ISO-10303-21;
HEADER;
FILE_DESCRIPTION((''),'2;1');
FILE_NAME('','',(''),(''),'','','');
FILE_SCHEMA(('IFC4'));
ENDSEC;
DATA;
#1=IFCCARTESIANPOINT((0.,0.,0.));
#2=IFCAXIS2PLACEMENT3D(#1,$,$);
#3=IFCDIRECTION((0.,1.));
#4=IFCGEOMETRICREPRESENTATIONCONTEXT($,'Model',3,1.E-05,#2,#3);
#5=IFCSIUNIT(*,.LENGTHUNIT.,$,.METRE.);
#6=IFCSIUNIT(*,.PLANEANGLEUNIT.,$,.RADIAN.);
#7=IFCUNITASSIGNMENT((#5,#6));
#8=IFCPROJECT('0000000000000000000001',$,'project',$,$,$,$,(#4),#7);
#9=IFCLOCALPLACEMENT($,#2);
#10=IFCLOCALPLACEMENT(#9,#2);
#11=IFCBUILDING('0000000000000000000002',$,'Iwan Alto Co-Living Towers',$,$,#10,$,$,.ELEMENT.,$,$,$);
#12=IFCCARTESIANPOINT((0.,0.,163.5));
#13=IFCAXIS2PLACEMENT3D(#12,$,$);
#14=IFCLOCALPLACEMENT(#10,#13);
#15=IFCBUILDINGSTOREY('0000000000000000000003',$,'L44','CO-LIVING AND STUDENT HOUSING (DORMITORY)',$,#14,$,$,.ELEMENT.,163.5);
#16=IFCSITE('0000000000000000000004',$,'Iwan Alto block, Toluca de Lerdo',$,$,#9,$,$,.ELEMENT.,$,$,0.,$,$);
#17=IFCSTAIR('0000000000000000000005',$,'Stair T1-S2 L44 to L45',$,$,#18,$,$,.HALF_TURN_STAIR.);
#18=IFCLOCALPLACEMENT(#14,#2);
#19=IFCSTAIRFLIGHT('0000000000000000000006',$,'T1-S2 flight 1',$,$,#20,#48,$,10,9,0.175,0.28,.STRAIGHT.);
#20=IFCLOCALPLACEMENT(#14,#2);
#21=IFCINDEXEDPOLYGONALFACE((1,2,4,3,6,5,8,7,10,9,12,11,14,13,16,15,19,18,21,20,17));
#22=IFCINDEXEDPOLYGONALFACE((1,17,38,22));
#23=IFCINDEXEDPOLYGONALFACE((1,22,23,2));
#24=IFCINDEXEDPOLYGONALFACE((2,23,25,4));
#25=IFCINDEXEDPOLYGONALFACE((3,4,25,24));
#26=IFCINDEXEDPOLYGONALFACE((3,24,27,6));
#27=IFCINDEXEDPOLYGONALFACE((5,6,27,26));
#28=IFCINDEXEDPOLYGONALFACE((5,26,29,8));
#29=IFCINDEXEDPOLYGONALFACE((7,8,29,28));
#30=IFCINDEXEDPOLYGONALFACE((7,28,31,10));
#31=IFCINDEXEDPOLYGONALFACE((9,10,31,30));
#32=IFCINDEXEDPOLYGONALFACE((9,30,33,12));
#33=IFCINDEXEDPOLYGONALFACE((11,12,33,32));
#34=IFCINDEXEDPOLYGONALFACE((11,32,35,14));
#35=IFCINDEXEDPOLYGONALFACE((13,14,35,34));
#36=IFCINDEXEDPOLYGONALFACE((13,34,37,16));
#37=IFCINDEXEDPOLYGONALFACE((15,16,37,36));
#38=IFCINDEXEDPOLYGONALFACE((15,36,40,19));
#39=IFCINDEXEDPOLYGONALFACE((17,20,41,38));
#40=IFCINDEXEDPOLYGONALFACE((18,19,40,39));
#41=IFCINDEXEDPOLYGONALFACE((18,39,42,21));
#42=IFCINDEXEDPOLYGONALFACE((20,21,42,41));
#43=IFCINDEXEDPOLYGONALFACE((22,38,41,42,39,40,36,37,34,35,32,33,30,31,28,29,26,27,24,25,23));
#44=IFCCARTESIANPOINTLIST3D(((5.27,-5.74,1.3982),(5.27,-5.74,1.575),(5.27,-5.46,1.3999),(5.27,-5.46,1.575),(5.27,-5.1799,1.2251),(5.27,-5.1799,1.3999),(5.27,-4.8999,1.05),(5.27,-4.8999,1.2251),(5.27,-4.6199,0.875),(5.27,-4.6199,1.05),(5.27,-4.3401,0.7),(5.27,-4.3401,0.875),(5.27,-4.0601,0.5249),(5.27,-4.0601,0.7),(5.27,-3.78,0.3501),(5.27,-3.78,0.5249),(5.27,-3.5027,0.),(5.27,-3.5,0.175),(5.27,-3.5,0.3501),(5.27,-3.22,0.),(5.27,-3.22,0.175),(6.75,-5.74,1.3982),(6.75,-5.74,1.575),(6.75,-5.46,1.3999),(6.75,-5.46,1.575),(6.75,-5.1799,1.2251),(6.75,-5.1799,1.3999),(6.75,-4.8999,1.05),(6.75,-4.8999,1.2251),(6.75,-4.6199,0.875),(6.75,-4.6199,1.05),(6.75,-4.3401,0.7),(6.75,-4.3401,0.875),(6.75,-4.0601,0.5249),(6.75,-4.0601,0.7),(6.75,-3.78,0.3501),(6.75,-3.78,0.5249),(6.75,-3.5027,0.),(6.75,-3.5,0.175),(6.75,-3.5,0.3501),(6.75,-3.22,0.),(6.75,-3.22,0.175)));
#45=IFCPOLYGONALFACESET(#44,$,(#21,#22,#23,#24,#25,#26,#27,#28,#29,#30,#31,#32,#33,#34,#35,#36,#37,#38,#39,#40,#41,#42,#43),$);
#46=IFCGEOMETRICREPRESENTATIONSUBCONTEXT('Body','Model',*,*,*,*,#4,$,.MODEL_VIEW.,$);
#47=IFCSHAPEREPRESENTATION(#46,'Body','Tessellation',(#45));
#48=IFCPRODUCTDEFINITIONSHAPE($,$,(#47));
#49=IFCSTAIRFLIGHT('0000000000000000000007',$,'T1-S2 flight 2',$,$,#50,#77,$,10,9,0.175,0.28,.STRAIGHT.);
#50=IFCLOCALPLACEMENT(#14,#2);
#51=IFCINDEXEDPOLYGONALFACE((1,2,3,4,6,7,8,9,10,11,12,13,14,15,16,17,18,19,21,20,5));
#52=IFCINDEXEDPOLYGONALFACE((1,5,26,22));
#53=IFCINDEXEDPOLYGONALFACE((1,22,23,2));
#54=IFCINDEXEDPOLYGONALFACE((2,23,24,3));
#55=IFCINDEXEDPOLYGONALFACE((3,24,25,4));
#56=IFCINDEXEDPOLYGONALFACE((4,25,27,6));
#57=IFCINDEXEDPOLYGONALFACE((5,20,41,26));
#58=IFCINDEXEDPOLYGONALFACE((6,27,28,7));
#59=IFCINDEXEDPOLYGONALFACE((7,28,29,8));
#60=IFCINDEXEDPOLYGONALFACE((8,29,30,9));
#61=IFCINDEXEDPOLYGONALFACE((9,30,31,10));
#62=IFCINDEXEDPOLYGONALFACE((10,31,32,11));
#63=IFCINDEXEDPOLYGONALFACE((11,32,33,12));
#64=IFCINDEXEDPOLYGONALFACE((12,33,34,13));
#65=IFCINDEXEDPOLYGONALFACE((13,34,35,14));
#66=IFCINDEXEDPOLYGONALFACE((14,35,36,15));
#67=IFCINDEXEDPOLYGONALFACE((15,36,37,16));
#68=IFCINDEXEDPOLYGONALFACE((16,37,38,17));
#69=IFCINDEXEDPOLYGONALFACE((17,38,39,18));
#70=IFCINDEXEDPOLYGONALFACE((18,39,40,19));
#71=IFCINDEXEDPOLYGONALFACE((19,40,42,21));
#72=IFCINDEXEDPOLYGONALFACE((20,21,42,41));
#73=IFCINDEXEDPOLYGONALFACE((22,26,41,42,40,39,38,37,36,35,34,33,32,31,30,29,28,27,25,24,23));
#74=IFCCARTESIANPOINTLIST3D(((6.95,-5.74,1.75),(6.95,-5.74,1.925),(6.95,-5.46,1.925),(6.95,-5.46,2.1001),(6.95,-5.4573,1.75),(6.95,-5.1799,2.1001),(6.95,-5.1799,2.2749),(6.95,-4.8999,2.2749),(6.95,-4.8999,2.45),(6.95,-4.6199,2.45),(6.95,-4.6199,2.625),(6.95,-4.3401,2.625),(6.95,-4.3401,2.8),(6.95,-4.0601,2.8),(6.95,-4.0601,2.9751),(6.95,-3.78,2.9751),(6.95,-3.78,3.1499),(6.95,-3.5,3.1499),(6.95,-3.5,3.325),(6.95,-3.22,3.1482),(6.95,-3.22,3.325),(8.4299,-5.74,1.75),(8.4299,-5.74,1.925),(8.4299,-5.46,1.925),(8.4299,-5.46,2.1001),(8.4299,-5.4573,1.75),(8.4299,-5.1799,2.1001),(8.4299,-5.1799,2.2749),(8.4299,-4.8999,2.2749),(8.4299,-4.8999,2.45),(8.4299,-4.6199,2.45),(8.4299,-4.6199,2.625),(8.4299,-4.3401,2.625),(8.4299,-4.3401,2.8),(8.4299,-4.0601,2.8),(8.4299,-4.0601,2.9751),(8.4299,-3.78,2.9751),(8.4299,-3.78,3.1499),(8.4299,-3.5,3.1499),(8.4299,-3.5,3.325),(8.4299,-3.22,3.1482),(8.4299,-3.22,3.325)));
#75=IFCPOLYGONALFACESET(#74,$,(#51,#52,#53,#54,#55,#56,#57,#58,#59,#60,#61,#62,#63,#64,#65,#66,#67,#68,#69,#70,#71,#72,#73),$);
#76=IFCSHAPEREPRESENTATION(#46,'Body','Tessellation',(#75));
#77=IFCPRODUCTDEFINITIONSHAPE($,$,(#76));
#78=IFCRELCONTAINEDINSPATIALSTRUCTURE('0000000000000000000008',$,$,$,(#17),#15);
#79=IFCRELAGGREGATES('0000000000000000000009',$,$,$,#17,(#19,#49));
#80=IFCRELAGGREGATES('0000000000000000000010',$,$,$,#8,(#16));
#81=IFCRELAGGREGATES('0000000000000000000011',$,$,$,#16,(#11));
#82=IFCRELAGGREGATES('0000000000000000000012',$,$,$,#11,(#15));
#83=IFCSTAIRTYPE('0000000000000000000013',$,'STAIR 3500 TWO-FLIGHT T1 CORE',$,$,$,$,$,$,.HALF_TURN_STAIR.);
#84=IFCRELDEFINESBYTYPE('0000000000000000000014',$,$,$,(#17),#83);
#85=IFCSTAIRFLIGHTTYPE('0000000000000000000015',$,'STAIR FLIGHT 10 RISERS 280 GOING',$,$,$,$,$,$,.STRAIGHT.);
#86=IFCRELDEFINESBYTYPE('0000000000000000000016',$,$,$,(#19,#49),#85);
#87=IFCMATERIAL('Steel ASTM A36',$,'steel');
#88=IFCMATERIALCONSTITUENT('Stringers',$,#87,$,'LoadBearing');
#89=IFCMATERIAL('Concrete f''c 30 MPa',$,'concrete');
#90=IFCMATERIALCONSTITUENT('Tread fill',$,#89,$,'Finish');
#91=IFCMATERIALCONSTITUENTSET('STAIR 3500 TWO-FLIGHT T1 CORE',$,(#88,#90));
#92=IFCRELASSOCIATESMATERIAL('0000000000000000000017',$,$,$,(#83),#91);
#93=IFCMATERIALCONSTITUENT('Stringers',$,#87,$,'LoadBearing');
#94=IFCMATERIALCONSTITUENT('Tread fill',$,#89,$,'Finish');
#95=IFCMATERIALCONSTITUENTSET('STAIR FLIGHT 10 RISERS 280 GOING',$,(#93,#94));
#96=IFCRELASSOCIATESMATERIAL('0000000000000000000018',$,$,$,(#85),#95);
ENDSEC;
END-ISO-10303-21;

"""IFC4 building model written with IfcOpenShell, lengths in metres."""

from ifc_helpers import new_model, si_unit, direction, frame, origin, place, context, subcontext, project, spatial, polyline, outline, extrude, material, constituent, constituent_set, type_object, element, aggregate, save


model = new_model("IFC4")

# Units and contexts
model_context = context("Model", 3, precision=1e-05, world=origin(), true_north=direction((0.0, 1.0)))
body_context = subcontext(model_context, "Body", "Model", "MODEL_VIEW")
ifc_project = project(units=[si_unit("LENGTHUNIT", "METRE"), si_unit("PLANEANGLEUNIT", "RADIAN")], contexts=[model_context])

# Site, building, storey
site_placement = place(None, origin())
site = spatial("IfcSite", under=ifc_project, at=site_placement, Name="Iwan Alto block, Toluca de Lerdo", CompositionType="ELEMENT", RefElevation=0.0)
building_placement = place(site_placement, origin())
building = spatial("IfcBuilding", under=site, at=building_placement, Name="Iwan Alto Co-Living Towers", CompositionType="ELEMENT")
storey_placement = place(building_placement, frame((0.0, 0.0, 163.5)))
storey = spatial("IfcBuildingStorey", under=building, at=storey_placement, Name="L44", Description="CO-LIVING AND STUDENT HOUSING (DORMITORY)", CompositionType="ELEMENT", Elevation=163.5)

# Stair, stair flights
ifc_material_1 = material(Name="Steel ASTM A36", Category="steel")
ifc_constituent_1 = constituent(ifc_material_1, Name="Stringers", Category="LoadBearing")
ifc_material_2 = material(Name="Concrete f'c 30 MPa", Category="concrete")
ifc_constituent_2 = constituent(ifc_material_2, Name="Tread fill", Category="Finish")
ifc_constituent_set_1 = constituent_set(constituents=[ifc_constituent_1, ifc_constituent_2], Name="STAIR 3500 TWO-FLIGHT T1 CORE")
stair_type = type_object("IfcStairType", Name="STAIR 3500 TWO-FLIGHT T1 CORE", PredefinedType="HALF_TURN_STAIR", material=ifc_constituent_set_1)
stair_placement = place(storey_placement, origin())
stair = element("IfcStair", 1, at=stair_placement, inside=storey, type_object=stair_type, Name="Stair T1-S2 L44 to L45", PredefinedType="HALF_TURN_STAIR")
ifc_constituent_3 = constituent(ifc_material_1, Name="Stringers", Category="LoadBearing")
ifc_constituent_4 = constituent(ifc_material_2, Name="Tread fill", Category="Finish")
ifc_constituent_set_2 = constituent_set(constituents=[ifc_constituent_3, ifc_constituent_4], Name="STAIR FLIGHT 10 RISERS 280 GOING")
stair_flight_type = type_object("IfcStairFlightType", Name="STAIR FLIGHT 10 RISERS 280 GOING", PredefinedType="STRAIGHT", material=ifc_constituent_set_2)
stair_flight_1_placement = place(storey_placement, frame((6.01, -3.22, 0.0), z_axis=(0.0, 0.0, 1.0), x_axis=(0.0, -1.0, 0.0)))
stair_flight_1 = element("IfcStairFlight", 2, at=stair_flight_1_placement, type_object=stair_flight_type, Name="T1-S2 flight 1", NumberOfRisers=10, NumberOfTreads=9, PredefinedType="STRAIGHT", RiserHeight=0.175, TreadLength=0.28, context=body_context, shape_type="SweptSolid", body=[
    extrude(outline(polyline([(0.0, 0.0), (0.0, 0.175), (0.28, 0.175), (0.28, 0.3501), (0.5601, 0.3501), (0.5601, 0.5249), (0.8401, 0.5249), (0.8401, 0.7), (1.1201, 0.7), (1.1201, 0.875), (1.3999, 0.875), (1.3999, 1.05), (1.6799, 1.05), (1.6799, 1.2251), (1.96, 1.2251), (1.96, 1.3999), (2.24, 1.3999), (2.24, 1.575), (2.52, 1.575), (2.52, 1.75), (2.52, 1.3982), (0.2827, 0.0), (0.0, 0.0)])), frame((0.0, 0.74, 0.0), z_axis=(0.0, -1.0, 0.0), x_axis=(1.0, 0.0, 0.0)), (0.0, 0.0, 1.0), 1.48),
])
stair_flight_2_placement = place(storey_placement, frame((7.6899, -5.74, 1.75), z_axis=(0.0, 0.0, 1.0), x_axis=(0.0, 1.0, 0.0)))
stair_flight_2 = element("IfcStairFlight", 3, at=stair_flight_2_placement, type_object=stair_flight_type, Name="T1-S2 flight 2", NumberOfRisers=10, NumberOfTreads=9, PredefinedType="STRAIGHT", RiserHeight=0.175, TreadLength=0.28, context=body_context, shape_type="SweptSolid", body=[
    extrude(outline(polyline([(0.0, 0.0), (0.0, 0.175), (0.28, 0.175), (0.28, 0.3501), (0.5601, 0.3501), (0.5601, 0.5249), (0.8401, 0.5249), (0.8401, 0.7), (1.1201, 0.7), (1.1201, 0.875), (1.3999, 0.875), (1.3999, 1.05), (1.6799, 1.05), (1.6799, 1.2251), (1.96, 1.2251), (1.96, 1.3999), (2.24, 1.3999), (2.24, 1.575), (2.52, 1.575), (2.52, 1.75), (2.52, 1.3982), (0.2827, 0.0), (0.0, 0.0)])), frame((0.0, 0.74, 0.0), z_axis=(0.0, -1.0, 0.0), x_axis=(1.0, 0.0, 0.0)), (0.0, 0.0, 1.0), 1.48),
])
aggregate(stair, [stair_flight_1, stair_flight_2])

save(model, "model.ifc")
